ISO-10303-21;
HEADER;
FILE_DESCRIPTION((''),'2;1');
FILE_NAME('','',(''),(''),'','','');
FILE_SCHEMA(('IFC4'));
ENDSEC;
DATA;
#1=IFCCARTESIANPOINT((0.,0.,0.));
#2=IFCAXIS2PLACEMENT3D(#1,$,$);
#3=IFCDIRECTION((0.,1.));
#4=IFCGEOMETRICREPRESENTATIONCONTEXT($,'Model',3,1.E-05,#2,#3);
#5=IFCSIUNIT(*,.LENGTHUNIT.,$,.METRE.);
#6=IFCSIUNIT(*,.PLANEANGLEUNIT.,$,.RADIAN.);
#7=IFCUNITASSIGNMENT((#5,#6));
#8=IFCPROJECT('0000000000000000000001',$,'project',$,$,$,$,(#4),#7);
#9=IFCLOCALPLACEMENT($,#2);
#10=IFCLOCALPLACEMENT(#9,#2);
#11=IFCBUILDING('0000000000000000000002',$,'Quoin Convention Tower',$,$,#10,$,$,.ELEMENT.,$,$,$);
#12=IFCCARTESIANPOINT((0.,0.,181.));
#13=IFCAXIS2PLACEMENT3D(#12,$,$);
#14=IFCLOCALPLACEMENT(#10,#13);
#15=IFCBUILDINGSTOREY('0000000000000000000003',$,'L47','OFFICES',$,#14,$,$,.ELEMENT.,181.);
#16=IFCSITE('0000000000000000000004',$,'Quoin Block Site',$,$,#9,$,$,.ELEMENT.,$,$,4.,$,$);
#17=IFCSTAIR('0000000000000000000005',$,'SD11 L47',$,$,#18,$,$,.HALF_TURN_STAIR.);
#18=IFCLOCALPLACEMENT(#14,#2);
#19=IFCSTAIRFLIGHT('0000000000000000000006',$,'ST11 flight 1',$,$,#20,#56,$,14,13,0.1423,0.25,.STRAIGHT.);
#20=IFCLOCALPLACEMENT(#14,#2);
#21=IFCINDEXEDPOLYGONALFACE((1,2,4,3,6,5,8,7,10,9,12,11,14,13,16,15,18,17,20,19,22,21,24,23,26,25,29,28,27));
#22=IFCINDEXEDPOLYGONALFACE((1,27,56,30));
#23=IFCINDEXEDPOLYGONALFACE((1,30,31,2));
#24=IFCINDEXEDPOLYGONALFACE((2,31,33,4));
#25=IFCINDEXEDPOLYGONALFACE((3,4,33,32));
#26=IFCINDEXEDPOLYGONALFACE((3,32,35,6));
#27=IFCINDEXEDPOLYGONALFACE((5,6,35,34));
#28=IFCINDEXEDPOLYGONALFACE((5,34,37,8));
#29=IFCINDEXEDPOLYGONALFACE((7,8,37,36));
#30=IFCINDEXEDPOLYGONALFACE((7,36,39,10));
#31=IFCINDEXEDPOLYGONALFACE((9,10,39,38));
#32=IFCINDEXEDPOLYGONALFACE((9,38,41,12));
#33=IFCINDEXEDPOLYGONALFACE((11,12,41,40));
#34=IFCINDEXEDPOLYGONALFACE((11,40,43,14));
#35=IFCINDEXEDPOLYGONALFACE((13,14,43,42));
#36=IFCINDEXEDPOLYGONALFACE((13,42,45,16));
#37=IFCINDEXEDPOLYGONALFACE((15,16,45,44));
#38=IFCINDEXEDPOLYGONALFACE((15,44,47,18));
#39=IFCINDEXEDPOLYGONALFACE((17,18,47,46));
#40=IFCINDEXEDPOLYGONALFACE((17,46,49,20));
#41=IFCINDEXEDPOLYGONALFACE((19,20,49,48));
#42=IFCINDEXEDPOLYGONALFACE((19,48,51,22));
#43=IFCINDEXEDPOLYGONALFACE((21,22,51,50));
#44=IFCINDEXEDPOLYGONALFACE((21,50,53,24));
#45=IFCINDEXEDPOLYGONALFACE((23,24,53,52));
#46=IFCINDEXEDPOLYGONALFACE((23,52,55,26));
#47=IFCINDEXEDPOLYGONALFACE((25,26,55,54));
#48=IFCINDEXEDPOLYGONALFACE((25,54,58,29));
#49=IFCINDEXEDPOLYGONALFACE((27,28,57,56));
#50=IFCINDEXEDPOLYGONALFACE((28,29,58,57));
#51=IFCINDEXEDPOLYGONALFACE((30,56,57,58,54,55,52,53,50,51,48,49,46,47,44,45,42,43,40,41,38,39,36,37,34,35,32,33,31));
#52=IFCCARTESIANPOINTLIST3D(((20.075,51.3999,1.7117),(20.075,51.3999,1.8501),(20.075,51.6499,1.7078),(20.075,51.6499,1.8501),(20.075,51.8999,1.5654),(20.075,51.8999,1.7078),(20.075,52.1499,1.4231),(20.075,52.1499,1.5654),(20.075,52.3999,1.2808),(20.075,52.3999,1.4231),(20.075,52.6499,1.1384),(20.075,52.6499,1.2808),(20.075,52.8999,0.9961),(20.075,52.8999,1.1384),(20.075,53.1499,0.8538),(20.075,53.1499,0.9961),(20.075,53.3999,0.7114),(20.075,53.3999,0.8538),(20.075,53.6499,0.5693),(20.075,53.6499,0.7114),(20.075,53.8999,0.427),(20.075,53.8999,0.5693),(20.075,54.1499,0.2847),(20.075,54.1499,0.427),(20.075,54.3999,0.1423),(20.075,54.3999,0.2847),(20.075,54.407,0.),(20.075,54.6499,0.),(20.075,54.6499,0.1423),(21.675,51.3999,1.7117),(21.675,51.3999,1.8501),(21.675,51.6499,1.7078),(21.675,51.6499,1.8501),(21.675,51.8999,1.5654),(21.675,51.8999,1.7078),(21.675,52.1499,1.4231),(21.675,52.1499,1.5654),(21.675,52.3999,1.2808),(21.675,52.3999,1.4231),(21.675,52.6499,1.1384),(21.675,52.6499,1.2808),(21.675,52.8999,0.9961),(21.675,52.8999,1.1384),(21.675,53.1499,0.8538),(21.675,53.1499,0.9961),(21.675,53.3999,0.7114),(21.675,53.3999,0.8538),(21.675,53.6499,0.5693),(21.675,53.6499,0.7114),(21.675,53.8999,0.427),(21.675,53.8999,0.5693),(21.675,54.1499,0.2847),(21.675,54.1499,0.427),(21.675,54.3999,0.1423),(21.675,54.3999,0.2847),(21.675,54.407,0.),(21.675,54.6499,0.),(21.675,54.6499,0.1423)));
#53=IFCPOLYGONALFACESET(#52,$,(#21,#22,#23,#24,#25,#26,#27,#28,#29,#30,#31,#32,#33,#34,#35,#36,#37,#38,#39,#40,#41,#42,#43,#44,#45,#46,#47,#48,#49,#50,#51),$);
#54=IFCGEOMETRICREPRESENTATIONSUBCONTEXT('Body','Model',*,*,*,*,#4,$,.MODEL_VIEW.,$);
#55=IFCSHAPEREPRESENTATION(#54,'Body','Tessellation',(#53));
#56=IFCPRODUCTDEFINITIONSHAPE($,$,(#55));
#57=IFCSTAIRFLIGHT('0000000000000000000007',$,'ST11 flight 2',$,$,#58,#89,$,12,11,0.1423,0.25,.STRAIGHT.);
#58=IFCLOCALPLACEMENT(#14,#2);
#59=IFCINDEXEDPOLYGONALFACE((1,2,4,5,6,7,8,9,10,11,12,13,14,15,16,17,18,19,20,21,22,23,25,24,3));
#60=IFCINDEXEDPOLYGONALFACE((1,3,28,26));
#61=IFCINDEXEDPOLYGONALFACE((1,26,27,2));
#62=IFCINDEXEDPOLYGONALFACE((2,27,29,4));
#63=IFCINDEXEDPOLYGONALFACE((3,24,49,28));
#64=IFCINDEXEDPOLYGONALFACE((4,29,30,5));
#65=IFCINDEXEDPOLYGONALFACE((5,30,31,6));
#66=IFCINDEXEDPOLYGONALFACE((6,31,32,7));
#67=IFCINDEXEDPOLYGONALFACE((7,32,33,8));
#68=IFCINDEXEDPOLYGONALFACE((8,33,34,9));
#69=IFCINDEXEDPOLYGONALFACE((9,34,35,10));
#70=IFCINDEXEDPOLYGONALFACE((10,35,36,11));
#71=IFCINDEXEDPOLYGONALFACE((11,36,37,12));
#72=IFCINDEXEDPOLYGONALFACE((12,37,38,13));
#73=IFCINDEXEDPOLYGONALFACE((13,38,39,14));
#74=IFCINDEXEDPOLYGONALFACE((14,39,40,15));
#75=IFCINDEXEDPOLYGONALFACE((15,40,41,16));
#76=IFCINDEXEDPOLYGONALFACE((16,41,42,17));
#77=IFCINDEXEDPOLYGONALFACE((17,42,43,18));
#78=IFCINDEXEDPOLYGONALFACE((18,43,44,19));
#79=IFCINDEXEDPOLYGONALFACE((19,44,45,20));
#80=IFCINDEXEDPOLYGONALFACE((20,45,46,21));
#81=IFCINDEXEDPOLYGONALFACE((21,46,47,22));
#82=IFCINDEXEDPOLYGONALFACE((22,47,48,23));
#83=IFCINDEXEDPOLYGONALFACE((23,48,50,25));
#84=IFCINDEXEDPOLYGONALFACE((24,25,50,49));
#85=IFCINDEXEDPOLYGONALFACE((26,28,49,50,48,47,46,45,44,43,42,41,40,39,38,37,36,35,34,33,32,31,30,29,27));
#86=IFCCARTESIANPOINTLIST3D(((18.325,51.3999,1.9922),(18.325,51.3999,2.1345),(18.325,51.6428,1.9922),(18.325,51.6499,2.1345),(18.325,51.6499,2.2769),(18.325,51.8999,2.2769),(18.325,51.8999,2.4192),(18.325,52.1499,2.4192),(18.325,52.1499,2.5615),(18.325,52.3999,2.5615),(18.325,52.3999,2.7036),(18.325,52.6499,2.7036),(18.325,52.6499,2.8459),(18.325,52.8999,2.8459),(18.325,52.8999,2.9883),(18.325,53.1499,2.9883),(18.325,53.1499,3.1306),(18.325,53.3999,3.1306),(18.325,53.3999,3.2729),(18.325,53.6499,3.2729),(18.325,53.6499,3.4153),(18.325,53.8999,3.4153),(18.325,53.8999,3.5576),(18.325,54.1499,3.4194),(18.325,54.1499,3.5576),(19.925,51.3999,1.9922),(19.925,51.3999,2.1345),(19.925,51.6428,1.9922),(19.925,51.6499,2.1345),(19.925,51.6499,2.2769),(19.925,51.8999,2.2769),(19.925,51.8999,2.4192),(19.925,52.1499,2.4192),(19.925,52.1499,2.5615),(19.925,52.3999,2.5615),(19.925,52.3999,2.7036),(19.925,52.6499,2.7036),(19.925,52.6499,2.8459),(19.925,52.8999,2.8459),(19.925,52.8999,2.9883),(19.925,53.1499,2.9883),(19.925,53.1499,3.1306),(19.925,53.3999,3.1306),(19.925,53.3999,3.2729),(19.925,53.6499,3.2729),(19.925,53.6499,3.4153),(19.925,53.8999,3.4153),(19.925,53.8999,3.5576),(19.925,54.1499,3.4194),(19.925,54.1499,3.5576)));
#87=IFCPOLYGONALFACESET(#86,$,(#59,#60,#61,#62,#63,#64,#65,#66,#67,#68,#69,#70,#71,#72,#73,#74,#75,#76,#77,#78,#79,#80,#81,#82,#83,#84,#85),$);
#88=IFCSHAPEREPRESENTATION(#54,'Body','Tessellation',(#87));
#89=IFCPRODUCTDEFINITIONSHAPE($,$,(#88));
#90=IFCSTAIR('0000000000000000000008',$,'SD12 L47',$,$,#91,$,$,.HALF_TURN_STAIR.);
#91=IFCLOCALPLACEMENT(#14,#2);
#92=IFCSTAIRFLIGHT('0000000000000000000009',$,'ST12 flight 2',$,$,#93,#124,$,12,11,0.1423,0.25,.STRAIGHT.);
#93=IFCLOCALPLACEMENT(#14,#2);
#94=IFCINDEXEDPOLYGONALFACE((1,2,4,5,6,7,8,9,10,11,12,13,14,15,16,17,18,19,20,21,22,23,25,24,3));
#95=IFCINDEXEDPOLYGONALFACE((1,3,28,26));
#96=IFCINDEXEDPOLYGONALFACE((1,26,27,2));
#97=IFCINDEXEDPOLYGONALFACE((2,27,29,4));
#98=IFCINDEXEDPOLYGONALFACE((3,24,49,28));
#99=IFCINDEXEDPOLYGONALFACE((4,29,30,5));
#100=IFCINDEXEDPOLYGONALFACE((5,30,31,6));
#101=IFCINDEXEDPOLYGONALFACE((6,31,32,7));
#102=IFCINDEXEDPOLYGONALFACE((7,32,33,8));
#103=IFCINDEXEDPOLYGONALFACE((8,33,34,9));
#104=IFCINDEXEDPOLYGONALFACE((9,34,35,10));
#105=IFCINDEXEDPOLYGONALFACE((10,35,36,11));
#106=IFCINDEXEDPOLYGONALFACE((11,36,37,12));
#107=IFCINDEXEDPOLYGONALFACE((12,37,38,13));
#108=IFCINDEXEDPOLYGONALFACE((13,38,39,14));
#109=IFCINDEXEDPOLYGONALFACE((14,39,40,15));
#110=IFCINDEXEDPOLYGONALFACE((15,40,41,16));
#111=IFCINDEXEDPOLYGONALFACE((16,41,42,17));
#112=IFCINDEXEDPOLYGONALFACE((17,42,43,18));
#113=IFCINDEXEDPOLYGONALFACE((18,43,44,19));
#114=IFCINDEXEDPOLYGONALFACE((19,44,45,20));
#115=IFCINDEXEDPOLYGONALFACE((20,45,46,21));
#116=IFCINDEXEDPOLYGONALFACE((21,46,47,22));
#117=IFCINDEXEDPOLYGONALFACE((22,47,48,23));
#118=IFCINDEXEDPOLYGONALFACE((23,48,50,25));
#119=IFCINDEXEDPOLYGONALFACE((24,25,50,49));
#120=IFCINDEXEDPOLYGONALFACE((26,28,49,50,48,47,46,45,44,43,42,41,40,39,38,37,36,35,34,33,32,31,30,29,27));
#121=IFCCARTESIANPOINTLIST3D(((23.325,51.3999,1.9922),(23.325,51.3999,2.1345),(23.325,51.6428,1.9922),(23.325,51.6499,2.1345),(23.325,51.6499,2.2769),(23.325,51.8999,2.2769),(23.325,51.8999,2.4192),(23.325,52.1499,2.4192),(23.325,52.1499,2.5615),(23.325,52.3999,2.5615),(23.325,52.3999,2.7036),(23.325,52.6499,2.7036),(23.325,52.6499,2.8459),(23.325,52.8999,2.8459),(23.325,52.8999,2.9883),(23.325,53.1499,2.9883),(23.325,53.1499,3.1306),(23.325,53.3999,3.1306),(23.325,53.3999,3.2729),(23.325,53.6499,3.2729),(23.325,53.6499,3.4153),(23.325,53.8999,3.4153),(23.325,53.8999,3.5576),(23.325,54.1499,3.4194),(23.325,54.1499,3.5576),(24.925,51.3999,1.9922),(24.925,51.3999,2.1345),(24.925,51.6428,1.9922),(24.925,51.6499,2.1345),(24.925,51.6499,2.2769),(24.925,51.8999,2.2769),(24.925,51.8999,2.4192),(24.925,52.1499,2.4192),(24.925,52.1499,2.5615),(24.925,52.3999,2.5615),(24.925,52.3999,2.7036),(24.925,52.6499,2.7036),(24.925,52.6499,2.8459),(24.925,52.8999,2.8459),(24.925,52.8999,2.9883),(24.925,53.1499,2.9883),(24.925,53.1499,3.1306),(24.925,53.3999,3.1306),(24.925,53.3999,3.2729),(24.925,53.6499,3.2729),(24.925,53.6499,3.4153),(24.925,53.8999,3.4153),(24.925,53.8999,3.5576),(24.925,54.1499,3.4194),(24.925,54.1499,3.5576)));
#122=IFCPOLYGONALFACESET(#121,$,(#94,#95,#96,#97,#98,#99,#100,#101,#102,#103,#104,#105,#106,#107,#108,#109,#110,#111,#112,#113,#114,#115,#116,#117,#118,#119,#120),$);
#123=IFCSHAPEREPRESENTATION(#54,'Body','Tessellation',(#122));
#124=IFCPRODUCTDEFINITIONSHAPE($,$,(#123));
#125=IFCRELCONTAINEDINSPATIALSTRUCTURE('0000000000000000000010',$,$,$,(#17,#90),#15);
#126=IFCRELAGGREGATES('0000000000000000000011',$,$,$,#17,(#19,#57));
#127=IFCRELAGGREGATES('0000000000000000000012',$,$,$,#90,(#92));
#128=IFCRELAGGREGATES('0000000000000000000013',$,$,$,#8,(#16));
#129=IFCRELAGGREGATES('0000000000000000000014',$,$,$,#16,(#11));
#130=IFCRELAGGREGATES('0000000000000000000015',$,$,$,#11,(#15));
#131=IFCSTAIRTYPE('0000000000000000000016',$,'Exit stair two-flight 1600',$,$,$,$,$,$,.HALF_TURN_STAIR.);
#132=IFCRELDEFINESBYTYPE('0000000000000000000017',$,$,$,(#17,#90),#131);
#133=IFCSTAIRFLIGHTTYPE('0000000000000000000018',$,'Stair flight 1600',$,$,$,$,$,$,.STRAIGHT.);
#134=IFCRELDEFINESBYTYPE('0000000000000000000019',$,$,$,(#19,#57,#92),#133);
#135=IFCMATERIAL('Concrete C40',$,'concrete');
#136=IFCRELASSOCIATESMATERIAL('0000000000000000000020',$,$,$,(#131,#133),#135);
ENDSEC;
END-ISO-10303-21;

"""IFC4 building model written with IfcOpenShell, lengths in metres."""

from ifc_helpers import new_model, si_unit, direction, frame, origin, place, context, subcontext, project, spatial, polyline, outline, extrude, material, type_object, element, aggregate, save


model = new_model("IFC4")

# Units and contexts
model_context = context("Model", 3, precision=1e-05, world=origin(), true_north=direction((0.0, 1.0)))
body_context = subcontext(model_context, "Body", "Model", "MODEL_VIEW")
ifc_project = project(units=[si_unit("LENGTHUNIT", "METRE"), si_unit("PLANEANGLEUNIT", "RADIAN")], contexts=[model_context])

# Site, building, storey
site_placement = place(None, origin())
site = spatial("IfcSite", under=ifc_project, at=site_placement, Name="Quoin Block Site", CompositionType="ELEMENT", RefElevation=4.0)
building_placement = place(site_placement, origin())
building = spatial("IfcBuilding", under=site, at=building_placement, Name="Quoin Convention Tower", CompositionType="ELEMENT")
storey_placement = place(building_placement, frame((0.0, 0.0, 181.0)))
storey = spatial("IfcBuildingStorey", under=building, at=storey_placement, Name="L47", Description="OFFICES", CompositionType="ELEMENT", Elevation=181.0)

# Stair, stair flights
ifc_material_1 = material(Name="Concrete C40", Category="concrete")
stair_type = type_object("IfcStairType", Name="Exit stair two-flight 1600", PredefinedType="HALF_TURN_STAIR", material=ifc_material_1)
stair_1_placement = place(storey_placement, origin())
stair_1 = element("IfcStair", 1, at=stair_1_placement, inside=storey, type_object=stair_type, Name="SD11 L47", PredefinedType="HALF_TURN_STAIR")
stair_flight_type = type_object("IfcStairFlightType", Name="Stair flight 1600", PredefinedType="STRAIGHT", material=ifc_material_1)
stair_flight_1_placement = place(storey_placement, frame((20.875, 54.6499, 0.0), z_axis=(0.0, 0.0, 1.0), x_axis=(0.0, -1.0, 0.0)))
stair_flight_1 = element("IfcStairFlight", 2, at=stair_flight_1_placement, type_object=stair_flight_type, Name="ST11 flight 1", NumberOfRisers=14, NumberOfTreads=13, PredefinedType="STRAIGHT", RiserHeight=0.1423, TreadLength=0.25, context=body_context, shape_type="SweptSolid", body=[
    extrude(outline(polyline([(0.0, 0.0), (0.0, 0.1423), (0.25, 0.1423), (0.25, 0.2847), (0.5, 0.2847), (0.5, 0.427), (0.75, 0.427), (0.75, 0.5693), (1.0, 0.5693), (1.0, 0.7114), (1.25, 0.7114), (1.25, 0.8538), (1.5, 0.8538), (1.5, 0.9961), (1.75, 0.9961), (1.75, 1.1384), (2.0, 1.1384), (2.0, 1.2808), (2.25, 1.2808), (2.25, 1.4231), (2.5, 1.4231), (2.5, 1.5654), (2.75, 1.5654), (2.75, 1.7078), (3.0, 1.7078), (3.0, 1.8501), (3.25, 1.8501), (3.25, 1.9922), (3.25, 1.7117), (0.2429, 0.0), (0.0, 0.0)])), frame((0.0, 0.8, 0.0), z_axis=(0.0, -1.0, 0.0), x_axis=(1.0, 0.0, 0.0)), (0.0, 0.0, 1.0), 1.6001),
])
stair_flight_2_placement = place(storey_placement, frame((19.125, 51.3999, 1.9922), z_axis=(0.0, 0.0, 1.0), x_axis=(0.0, 1.0, 0.0)))
stair_flight_2 = element("IfcStairFlight", 3, at=stair_flight_2_placement, type_object=stair_flight_type, Name="ST11 flight 2", NumberOfRisers=12, NumberOfTreads=11, PredefinedType="STRAIGHT", RiserHeight=0.1423, TreadLength=0.25, context=body_context, shape_type="SweptSolid", body=[
    extrude(outline(polyline([(0.0, 0.0), (0.0, 0.1423), (0.25, 0.1423), (0.25, 0.2847), (0.5, 0.2847), (0.5, 0.427), (0.75, 0.427), (0.75, 0.5693), (1.0, 0.5693), (1.0, 0.7114), (1.25, 0.7114), (1.25, 0.8538), (1.5, 0.8538), (1.5, 0.9961), (1.75, 0.9961), (1.75, 1.1384), (2.0, 1.1384), (2.0, 1.2808), (2.25, 1.2808), (2.25, 1.4231), (2.5, 1.4231), (2.5, 1.5654), (2.75, 1.5654), (2.75, 1.7078), (2.75, 1.4272), (0.2429, 0.0), (0.0, 0.0)])), frame((0.0, 0.8, 0.0), z_axis=(0.0, -1.0, 0.0), x_axis=(1.0, 0.0, 0.0)), (0.0, 0.0, 1.0), 1.6001),
])
aggregate(stair_1, [stair_flight_1, stair_flight_2])

# Stair, stair flight
stair_2_placement = place(storey_placement, origin())
stair_2 = element("IfcStair", 4, at=stair_2_placement, inside=storey, type_object=stair_type, Name="SD12 L47", PredefinedType="HALF_TURN_STAIR")
stair_flight_3_placement = place(storey_placement, frame((24.125, 51.3999, 1.9922), z_axis=(0.0, 0.0, 1.0), x_axis=(0.0, 1.0, 0.0)))
stair_flight_3 = element("IfcStairFlight", 5, at=stair_flight_3_placement, type_object=stair_flight_type, Name="ST12 flight 2", NumberOfRisers=12, NumberOfTreads=11, PredefinedType="STRAIGHT", RiserHeight=0.1423, TreadLength=0.25, context=body_context, shape_type="SweptSolid", body=[
    extrude(outline(polyline([(0.0, 0.0), (0.0, 0.1423), (0.25, 0.1423), (0.25, 0.2847), (0.5, 0.2847), (0.5, 0.427), (0.75, 0.427), (0.75, 0.5693), (1.0, 0.5693), (1.0, 0.7114), (1.25, 0.7114), (1.25, 0.8538), (1.5, 0.8538), (1.5, 0.9961), (1.75, 0.9961), (1.75, 1.1384), (2.0, 1.1384), (2.0, 1.2808), (2.25, 1.2808), (2.25, 1.4231), (2.5, 1.4231), (2.5, 1.5654), (2.75, 1.5654), (2.75, 1.7078), (2.75, 1.4272), (0.2429, 0.0), (0.0, 0.0)])), frame((0.0, 0.8, 0.0), z_axis=(0.0, -1.0, 0.0), x_axis=(1.0, 0.0, 0.0)), (0.0, 0.0, 1.0), 1.6001),
])
aggregate(stair_2, [stair_flight_3])

save(model, "model.ifc")
